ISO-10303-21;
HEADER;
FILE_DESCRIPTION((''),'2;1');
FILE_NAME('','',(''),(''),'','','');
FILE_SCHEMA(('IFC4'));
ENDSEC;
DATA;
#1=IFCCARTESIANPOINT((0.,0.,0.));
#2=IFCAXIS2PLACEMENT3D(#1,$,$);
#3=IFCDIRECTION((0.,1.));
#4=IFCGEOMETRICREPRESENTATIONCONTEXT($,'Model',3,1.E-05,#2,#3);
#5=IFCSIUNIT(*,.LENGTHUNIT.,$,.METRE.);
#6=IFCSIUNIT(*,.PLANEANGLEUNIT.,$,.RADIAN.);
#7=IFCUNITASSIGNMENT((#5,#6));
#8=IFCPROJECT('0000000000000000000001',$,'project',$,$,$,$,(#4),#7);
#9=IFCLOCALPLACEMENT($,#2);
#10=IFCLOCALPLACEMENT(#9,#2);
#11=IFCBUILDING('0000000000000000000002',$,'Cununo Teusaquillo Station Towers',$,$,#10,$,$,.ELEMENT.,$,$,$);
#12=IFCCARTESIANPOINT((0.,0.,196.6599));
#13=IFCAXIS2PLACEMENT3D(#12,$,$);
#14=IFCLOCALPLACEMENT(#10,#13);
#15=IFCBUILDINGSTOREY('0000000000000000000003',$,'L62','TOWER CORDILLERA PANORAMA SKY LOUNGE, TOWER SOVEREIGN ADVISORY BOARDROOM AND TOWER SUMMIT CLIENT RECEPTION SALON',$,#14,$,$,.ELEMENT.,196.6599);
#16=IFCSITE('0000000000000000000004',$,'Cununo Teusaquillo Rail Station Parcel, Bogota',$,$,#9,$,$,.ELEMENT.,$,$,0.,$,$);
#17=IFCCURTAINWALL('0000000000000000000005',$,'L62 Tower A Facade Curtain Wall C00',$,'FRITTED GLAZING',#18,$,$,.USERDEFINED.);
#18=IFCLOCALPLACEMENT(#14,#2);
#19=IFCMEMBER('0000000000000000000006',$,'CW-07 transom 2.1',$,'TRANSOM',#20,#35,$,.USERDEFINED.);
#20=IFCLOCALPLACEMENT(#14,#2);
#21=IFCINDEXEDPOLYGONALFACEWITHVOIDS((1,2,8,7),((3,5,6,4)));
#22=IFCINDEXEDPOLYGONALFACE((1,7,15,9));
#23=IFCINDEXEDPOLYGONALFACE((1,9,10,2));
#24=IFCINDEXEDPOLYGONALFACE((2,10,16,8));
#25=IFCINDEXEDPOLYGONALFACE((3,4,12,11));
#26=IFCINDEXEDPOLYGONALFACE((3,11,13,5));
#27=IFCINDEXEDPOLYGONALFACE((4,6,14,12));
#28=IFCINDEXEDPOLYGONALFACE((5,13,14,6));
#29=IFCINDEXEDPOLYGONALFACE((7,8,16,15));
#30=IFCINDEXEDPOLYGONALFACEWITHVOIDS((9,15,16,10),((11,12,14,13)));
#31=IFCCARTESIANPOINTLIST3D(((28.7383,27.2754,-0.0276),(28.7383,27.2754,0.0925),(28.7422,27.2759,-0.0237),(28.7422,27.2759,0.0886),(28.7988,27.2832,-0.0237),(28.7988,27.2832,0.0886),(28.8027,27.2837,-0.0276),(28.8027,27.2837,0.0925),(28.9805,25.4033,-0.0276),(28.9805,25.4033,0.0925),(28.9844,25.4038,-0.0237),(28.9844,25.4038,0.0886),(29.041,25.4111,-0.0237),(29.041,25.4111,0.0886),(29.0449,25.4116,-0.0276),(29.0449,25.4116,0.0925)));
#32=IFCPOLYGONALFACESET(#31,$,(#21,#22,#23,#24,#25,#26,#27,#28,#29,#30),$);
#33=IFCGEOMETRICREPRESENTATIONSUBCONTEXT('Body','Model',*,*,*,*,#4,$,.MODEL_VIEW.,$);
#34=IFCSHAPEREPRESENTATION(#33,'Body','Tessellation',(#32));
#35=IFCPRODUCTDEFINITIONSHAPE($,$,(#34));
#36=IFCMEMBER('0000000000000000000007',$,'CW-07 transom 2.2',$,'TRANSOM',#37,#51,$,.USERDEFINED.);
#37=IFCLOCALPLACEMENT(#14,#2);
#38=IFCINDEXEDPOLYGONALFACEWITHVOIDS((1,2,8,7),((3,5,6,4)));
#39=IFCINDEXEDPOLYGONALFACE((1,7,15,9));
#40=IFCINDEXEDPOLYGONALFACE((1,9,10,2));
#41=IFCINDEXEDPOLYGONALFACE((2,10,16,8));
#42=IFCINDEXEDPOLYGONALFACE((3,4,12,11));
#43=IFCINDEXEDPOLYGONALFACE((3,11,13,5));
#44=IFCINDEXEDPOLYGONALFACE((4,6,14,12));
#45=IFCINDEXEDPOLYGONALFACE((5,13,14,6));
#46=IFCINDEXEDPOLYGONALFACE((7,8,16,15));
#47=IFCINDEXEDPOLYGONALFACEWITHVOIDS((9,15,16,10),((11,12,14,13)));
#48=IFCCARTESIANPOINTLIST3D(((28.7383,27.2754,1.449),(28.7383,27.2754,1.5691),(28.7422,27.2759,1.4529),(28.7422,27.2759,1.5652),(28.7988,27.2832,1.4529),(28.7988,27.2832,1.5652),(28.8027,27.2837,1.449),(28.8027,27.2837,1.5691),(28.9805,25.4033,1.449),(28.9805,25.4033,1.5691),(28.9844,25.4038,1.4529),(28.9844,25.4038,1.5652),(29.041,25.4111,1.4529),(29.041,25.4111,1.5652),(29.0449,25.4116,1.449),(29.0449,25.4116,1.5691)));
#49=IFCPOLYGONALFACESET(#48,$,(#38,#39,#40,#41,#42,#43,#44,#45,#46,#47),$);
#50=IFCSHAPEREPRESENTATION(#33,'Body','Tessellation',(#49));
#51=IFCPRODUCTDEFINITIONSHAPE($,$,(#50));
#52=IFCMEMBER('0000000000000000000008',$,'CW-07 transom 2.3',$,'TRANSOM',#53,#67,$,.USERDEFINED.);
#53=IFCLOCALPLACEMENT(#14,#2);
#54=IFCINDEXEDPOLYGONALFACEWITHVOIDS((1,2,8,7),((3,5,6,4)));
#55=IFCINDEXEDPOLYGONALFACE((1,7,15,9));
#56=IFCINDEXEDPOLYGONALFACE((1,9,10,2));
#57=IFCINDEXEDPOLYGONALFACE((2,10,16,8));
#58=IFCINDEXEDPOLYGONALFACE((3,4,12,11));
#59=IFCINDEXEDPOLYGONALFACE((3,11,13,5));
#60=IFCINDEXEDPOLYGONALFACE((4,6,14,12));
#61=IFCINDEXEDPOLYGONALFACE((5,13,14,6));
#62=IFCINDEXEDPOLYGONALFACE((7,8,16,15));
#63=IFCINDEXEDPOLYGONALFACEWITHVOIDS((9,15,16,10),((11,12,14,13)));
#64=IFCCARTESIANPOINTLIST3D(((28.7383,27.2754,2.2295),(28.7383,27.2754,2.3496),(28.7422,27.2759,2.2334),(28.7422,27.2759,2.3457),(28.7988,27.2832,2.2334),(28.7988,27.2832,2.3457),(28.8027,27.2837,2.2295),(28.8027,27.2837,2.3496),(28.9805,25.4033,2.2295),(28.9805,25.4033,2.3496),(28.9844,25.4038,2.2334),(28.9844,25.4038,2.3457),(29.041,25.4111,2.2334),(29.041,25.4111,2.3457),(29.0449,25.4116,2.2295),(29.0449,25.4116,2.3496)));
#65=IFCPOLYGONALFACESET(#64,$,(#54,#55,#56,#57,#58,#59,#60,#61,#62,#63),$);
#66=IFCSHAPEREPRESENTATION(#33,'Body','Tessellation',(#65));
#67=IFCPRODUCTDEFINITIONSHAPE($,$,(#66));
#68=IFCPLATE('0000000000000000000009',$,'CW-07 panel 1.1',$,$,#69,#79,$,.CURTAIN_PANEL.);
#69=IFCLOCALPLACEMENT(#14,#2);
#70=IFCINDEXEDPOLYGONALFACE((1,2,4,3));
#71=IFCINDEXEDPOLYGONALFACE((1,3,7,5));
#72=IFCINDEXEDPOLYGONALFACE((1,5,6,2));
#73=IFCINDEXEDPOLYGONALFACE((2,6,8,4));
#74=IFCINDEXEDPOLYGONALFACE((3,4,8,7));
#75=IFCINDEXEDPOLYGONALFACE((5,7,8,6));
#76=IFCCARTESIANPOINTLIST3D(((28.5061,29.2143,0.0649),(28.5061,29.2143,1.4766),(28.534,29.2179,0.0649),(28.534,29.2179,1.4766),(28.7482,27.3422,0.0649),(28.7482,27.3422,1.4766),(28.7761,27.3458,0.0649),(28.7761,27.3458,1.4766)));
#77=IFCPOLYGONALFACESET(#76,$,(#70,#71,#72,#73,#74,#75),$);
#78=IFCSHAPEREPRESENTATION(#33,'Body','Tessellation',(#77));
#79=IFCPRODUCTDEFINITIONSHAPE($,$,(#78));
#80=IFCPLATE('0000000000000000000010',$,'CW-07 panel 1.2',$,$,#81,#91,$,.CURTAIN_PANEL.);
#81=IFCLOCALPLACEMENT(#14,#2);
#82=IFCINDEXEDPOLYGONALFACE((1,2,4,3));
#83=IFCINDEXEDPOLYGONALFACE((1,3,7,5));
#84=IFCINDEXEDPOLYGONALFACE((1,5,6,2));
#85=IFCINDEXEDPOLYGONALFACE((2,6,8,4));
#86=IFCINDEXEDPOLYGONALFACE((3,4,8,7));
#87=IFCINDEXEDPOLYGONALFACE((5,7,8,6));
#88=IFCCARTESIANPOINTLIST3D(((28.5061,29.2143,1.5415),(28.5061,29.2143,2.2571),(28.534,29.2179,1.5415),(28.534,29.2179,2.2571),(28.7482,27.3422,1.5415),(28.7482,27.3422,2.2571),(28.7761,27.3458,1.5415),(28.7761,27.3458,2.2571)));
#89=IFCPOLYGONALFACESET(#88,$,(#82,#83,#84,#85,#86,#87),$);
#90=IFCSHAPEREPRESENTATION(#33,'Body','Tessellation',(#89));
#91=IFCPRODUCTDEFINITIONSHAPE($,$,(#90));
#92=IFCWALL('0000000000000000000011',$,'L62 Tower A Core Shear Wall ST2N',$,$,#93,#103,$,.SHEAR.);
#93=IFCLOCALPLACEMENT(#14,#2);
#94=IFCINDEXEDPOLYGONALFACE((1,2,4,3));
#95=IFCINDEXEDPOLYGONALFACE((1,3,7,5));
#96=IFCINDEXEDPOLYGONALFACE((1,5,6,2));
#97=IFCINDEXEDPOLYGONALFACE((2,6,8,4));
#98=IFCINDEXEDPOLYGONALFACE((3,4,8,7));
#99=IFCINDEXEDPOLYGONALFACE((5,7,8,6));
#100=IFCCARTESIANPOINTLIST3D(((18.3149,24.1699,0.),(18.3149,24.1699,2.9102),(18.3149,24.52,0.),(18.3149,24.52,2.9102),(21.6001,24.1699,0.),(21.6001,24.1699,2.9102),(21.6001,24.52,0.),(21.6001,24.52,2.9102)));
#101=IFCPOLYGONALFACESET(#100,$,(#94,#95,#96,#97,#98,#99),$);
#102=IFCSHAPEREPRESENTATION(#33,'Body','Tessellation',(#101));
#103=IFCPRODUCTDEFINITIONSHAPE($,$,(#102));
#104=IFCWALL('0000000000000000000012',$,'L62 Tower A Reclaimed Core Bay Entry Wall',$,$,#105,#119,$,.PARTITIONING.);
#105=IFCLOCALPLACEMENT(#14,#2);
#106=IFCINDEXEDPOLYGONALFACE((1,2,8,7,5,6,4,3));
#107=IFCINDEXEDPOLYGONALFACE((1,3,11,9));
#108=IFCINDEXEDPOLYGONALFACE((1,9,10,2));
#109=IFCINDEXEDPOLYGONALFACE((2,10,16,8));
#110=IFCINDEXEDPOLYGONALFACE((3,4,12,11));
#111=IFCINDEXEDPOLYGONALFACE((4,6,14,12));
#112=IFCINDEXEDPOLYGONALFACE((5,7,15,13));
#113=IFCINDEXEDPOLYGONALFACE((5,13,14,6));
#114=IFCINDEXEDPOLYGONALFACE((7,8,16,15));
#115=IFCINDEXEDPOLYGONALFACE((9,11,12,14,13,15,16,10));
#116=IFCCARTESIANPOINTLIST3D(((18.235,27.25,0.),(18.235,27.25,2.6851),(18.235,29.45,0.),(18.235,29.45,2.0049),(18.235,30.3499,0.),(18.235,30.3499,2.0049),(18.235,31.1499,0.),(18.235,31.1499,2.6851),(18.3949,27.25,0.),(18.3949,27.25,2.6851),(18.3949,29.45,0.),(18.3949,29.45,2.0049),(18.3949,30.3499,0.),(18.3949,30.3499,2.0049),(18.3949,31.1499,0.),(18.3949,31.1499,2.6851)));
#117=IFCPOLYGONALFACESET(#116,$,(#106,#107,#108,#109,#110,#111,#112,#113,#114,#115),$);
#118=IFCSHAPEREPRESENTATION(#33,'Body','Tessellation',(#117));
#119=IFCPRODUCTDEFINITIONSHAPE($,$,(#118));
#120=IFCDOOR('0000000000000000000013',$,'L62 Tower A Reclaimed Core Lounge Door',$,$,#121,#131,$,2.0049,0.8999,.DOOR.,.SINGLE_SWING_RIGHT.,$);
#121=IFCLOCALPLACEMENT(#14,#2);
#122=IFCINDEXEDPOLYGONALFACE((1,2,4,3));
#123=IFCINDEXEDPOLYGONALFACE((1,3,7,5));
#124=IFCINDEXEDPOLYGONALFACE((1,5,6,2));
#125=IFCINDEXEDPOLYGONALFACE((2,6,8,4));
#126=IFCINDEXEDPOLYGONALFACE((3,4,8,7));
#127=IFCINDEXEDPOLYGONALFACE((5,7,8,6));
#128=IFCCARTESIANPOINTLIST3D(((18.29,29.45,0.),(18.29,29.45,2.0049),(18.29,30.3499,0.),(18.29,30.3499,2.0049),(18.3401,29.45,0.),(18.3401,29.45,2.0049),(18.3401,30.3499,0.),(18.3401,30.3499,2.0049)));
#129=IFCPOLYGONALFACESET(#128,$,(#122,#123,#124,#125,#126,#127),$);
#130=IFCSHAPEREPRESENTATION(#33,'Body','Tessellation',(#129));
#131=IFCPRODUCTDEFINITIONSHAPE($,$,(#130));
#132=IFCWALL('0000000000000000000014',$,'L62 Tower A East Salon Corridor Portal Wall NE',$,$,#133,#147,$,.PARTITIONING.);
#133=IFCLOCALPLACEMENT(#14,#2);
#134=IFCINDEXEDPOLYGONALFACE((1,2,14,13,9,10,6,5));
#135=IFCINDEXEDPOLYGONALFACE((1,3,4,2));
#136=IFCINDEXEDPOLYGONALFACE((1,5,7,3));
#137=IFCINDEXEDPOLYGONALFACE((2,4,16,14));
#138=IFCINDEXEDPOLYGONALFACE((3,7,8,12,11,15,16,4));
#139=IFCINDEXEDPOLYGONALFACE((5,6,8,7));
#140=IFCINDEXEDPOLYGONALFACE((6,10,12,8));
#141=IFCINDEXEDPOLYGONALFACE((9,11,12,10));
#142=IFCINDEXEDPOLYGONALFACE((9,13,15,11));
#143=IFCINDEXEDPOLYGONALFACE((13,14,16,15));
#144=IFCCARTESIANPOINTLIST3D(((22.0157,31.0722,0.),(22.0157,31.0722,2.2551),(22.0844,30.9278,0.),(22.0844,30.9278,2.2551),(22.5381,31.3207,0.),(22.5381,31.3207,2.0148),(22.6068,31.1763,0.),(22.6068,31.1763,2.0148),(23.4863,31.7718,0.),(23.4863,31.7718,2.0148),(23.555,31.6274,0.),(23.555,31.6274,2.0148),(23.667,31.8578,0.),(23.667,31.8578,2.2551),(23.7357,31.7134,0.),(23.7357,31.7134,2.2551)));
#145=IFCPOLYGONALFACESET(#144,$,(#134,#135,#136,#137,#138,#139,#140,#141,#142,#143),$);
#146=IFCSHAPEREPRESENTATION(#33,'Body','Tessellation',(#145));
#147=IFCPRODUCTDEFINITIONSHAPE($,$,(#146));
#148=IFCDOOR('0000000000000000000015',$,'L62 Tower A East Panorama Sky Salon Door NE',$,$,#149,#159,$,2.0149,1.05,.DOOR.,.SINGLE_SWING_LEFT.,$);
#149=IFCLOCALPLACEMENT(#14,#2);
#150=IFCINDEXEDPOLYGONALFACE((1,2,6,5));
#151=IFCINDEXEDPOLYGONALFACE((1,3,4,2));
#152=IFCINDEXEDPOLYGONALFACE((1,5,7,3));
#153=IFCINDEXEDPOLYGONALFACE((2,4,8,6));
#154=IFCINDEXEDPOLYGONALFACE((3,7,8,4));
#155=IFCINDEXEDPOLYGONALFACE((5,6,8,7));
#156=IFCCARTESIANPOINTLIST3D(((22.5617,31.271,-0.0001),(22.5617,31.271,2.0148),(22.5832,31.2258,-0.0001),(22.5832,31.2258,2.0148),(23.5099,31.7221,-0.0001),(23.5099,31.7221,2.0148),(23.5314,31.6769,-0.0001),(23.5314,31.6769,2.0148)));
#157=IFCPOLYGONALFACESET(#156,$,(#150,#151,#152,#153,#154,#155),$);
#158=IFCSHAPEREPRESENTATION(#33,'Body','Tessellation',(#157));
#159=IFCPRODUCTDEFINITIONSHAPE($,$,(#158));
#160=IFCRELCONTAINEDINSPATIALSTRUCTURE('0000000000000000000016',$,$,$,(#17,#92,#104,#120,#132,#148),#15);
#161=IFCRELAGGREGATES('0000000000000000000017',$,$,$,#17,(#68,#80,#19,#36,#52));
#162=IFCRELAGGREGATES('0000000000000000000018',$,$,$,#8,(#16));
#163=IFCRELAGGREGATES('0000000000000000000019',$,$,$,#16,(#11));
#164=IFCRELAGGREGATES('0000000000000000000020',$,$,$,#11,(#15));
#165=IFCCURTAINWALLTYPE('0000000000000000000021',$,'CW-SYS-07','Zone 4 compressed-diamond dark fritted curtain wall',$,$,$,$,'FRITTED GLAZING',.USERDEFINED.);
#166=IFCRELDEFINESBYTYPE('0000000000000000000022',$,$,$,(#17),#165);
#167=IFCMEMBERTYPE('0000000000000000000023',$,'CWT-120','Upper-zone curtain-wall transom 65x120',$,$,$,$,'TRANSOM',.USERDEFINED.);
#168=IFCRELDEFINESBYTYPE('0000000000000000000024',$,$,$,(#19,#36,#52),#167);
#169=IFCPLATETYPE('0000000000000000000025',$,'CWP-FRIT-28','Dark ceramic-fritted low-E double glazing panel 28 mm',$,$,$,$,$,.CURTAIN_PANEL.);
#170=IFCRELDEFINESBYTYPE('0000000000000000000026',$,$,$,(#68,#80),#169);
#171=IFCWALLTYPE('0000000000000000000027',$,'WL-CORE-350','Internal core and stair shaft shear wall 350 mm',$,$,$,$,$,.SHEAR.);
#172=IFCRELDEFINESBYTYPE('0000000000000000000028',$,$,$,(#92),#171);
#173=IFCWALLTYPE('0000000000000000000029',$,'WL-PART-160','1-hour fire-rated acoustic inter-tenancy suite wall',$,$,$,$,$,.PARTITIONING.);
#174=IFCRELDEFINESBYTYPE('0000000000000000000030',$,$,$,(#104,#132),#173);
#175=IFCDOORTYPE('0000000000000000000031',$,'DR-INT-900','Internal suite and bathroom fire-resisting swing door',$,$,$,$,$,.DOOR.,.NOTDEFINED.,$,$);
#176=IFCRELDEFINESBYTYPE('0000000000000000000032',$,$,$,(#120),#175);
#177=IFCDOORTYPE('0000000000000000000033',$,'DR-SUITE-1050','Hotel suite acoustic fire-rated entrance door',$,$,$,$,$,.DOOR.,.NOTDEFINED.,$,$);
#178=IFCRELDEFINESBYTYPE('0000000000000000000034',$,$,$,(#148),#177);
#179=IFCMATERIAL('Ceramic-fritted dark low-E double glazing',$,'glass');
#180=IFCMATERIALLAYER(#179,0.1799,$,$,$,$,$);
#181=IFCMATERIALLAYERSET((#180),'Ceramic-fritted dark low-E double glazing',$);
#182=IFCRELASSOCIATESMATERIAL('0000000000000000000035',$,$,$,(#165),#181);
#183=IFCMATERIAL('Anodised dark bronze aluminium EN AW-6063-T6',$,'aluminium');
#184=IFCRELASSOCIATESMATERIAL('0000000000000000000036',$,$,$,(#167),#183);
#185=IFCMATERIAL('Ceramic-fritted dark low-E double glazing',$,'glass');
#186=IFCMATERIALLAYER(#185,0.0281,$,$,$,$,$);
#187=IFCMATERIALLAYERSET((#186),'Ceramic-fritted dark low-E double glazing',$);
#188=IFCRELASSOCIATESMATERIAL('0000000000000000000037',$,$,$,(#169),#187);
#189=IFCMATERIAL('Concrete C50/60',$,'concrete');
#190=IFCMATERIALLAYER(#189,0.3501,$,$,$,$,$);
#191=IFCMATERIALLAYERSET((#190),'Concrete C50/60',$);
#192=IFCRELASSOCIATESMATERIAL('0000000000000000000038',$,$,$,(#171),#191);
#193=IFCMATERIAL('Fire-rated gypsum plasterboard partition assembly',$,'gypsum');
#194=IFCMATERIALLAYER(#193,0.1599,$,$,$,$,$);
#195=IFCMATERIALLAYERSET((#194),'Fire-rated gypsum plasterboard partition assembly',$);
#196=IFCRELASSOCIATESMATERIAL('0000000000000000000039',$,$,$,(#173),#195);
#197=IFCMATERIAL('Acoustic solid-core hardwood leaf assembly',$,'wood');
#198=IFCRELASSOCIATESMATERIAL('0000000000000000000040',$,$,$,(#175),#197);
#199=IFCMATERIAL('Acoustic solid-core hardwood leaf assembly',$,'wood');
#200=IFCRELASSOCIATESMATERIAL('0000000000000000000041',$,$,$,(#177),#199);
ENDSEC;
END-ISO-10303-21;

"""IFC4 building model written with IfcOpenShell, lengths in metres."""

from ifc_helpers import new_model, si_unit, direction, frame, frame_2d, origin, origin_2d, place, context, subcontext, project, spatial, rectangle, hollow_rectangle, extrude, source, transform, mapped, material, layer, layer_set, material_profile, profile_set, type_object, element, fill, aggregate, save


model = new_model("IFC4")

# Units and contexts
model_context = context("Model", 3, precision=1e-05, world=origin(), true_north=direction((0.0, 1.0)))
body_context = subcontext(model_context, "Body", "Model", "MODEL_VIEW")
ifc_project = project(units=[si_unit("LENGTHUNIT", "METRE"), si_unit("PLANEANGLEUNIT", "RADIAN")], contexts=[model_context])

# Site, building, storey
site_placement = place(None, origin())
site = spatial("IfcSite", under=ifc_project, at=site_placement, Name="Cununo Teusaquillo Rail Station Parcel, Bogota", CompositionType="ELEMENT", RefElevation=0.0)
building_placement = place(site_placement, origin())
building = spatial("IfcBuilding", under=site, at=building_placement, Name="Cununo Teusaquillo Station Towers", CompositionType="ELEMENT")
storey_placement = place(building_placement, frame((0.0, 0.0, 196.6599)))
storey = spatial("IfcBuildingStorey", under=building, at=storey_placement, Name="L62", Description="TOWER CORDILLERA PANORAMA SKY LOUNGE, TOWER SOVEREIGN ADVISORY BOARDROOM AND TOWER SUMMIT CLIENT RECEPTION SALON", CompositionType="ELEMENT", Elevation=196.6599)

# Curtain wall, members, plates
ifc_material_1 = material(Name="Ceramic-fritted dark low-E double glazing", Category="glass")
ifc_layer_1 = layer(ifc_material_1, 0.1799)
ifc_layer_set_1 = layer_set([ifc_layer_1], Name="Ceramic-fritted dark low-E double glazing")
curtain_wall_type = type_object("IfcCurtainWallType", Name="CW-SYS-07", Description="Zone 4 compressed-diamond dark fritted curtain wall", ElementType="FRITTED GLAZING", PredefinedType="USERDEFINED", material=ifc_layer_set_1)
curtain_wall_placement = place(storey_placement, origin())
curtain_wall = element("IfcCurtainWall", 1, at=curtain_wall_placement, inside=storey, type_object=curtain_wall_type, Name="L62 Tower A Facade Curtain Wall C00", ObjectType="FRITTED GLAZING", PredefinedType="USERDEFINED")
ifc_material_2 = material(Name="Anodised dark bronze aluminium EN AW-6063-T6", Category="aluminium")
ifc_material_profile_1 = material_profile(ifc_material_2, hollow_rectangle(XDim=0.0649, YDim=0.1201, WallThickness=0.0039, at=origin_2d()), Name="CW-TRAN-65x120")
ifc_profile_set_1 = profile_set([ifc_material_profile_1], Name="Anodised dark bronze aluminium EN AW-6063-T6")
member_type_1 = type_object("IfcMemberType", Name="CWT-120", Description="Upper-zone curtain-wall transom 65x120", ElementType="TRANSOM", PredefinedType="USERDEFINED", material=ifc_profile_set_1)
member_1_placement = place(storey_placement, frame((28.7705, 27.2795, 0.0325), z_axis=(0.1283, -0.991735, 0.0), x_axis=(0.991735, 0.1283, 0.0)))
member_1 = element("IfcMember", 2, at=member_1_placement, type_object=member_type_1, Name="CW-07 transom 2.1", ObjectType="TRANSOM", PredefinedType="USERDEFINED", context=body_context, shape_type="SweptSolid", body=[
    extrude(hollow_rectangle(XDim=0.0649, YDim=0.1201, WallThickness=0.0039, at=origin_2d()), origin(), (0.0, 0.0, 1.0), 1.8877),
])
member_2_placement = place(storey_placement, frame((28.7705, 27.2795, 1.509), z_axis=(0.1283, -0.991735, 0.0), x_axis=(0.991735, 0.1283, 0.0)))
member_2 = element("IfcMember", 3, at=member_2_placement, type_object=member_type_1, Name="CW-07 transom 2.2", ObjectType="TRANSOM", PredefinedType="USERDEFINED", context=body_context, shape_type="SweptSolid", body=[
    extrude(hollow_rectangle(XDim=0.0649, YDim=0.1201, WallThickness=0.0039, at=origin_2d()), origin(), (0.0, 0.0, 1.0), 1.8877),
])
member_3_placement = place(storey_placement, frame((28.7705, 27.2795, 2.2896), z_axis=(0.1283, -0.991735, 0.0), x_axis=(0.991735, 0.1283, 0.0)))
member_3 = element("IfcMember", 4, at=member_3_placement, type_object=member_type_1, Name="CW-07 transom 2.3", ObjectType="TRANSOM", PredefinedType="USERDEFINED", context=body_context, shape_type="SweptSolid", body=[
    extrude(hollow_rectangle(XDim=0.0649, YDim=0.1201, WallThickness=0.0039, at=origin_2d()), origin(), (0.0, 0.0, 1.0), 1.8877),
])
ifc_material_3 = material(Name="Ceramic-fritted dark low-E double glazing", Category="glass")
ifc_layer_2 = layer(ifc_material_3, 0.0281)
ifc_layer_set_2 = layer_set([ifc_layer_2], Name="Ceramic-fritted dark low-E double glazing")
plate_type = type_object("IfcPlateType", Name="CWP-FRIT-28", Description="Dark ceramic-fritted low-E double glazing panel 28 mm", PredefinedType="CURTAIN_PANEL", material=ifc_layer_set_2)
shared_shape_1 = source(origin(), body_context, "Body", "SweptSolid", [
    extrude(rectangle(XDim=1.8877, YDim=0.0281, at=origin_2d()), origin(), (0.0, 0.0, 1.0), 1.4116),
])
plate_1_placement = place(storey_placement, frame((28.6411, 28.28, 0.0649), z_axis=(0.0, 0.0, 1.0), x_axis=(0.128253, -0.991742, 0.0)))
plate_1 = element("IfcPlate", 5, at=plate_1_placement, type_object=plate_type, Name="CW-07 panel 1.1", PredefinedType="CURTAIN_PANEL", context=body_context, shape_type="MappedRepresentation", body=[
    mapped(shared_shape_1, transform((0.0, 0.0, 0.0), x_axis=(1.0, 0.0, 0.0), y_axis=(0.0, 1.0, 0.0), z_axis=(0.0, 0.0, 1.0), scale=1.0)),
])
shared_shape_2 = source(origin(), body_context, "Body", "SweptSolid", [
    extrude(rectangle(XDim=1.8877, YDim=0.0281, at=origin_2d()), origin(), (0.0, 0.0, 1.0), 0.7156),
])
plate_2_placement = place(storey_placement, frame((28.6411, 28.28, 1.5415), z_axis=(0.0, 0.0, 1.0), x_axis=(0.128253, -0.991742, 0.0)))
plate_2 = element("IfcPlate", 6, at=plate_2_placement, type_object=plate_type, Name="CW-07 panel 1.2", PredefinedType="CURTAIN_PANEL", context=body_context, shape_type="MappedRepresentation", body=[
    mapped(shared_shape_2, transform((0.0, 0.0, 0.0), x_axis=(1.0, 0.0, 0.0), y_axis=(0.0, 1.0, 0.0), z_axis=(0.0, 0.0, 1.0), scale=1.0)),
])
aggregate(curtain_wall, [plate_1, plate_2, member_1, member_2, member_3])

# Wall
ifc_material_4 = material(Name="Concrete C50/60", Category="concrete")
ifc_layer_3 = layer(ifc_material_4, 0.3501)
ifc_layer_set_3 = layer_set([ifc_layer_3], Name="Concrete C50/60")
wall_type_1 = type_object("IfcWallType", Name="WL-CORE-350", Description="Internal core and stair shaft shear wall 350 mm", PredefinedType="SHEAR", material=ifc_layer_set_3)
wall_1_placement = place(storey_placement, frame((18.3149, 24.345, 0.0), z_axis=(0.0, 0.0, 1.0), x_axis=(1.0, 0.0, 0.0)))
element("IfcWall", 7, at=wall_1_placement, inside=storey, type_object=wall_type_1, Name="L62 Tower A Core Shear Wall ST2N", PredefinedType="SHEAR", context=body_context, shape_type="SweptSolid", body=[
    extrude(rectangle(XDim=3.2852, YDim=0.3501, at=frame_2d((1.6426, 0.0))), origin(), (0.0, 0.0, 1.0), 2.9102),
])

# Walls, openings, doors
ifc_material_5 = material(Name="Fire-rated gypsum plasterboard partition assembly", Category="gypsum")
ifc_layer_4 = layer(ifc_material_5, 0.1599)
ifc_layer_set_4 = layer_set([ifc_layer_4], Name="Fire-rated gypsum plasterboard partition assembly")
wall_type_2 = type_object("IfcWallType", Name="WL-PART-160", Description="1-hour fire-rated acoustic inter-tenancy suite wall", PredefinedType="PARTITIONING", material=ifc_layer_set_4)
wall_2_placement = place(storey_placement, frame((18.3149, 27.25, 0.0), z_axis=(0.0, 0.0, 1.0), x_axis=(0.0, 1.0, 0.0)))
wall_2 = element("IfcWall", 8, at=wall_2_placement, inside=storey, type_object=wall_type_2, Name="L62 Tower A Reclaimed Core Bay Entry Wall", PredefinedType="PARTITIONING", context=body_context, shape_type="SweptSolid", body=[
    extrude(rectangle(XDim=3.8999, YDim=0.1599, at=frame_2d((1.95, 0.0))), origin(), (0.0, 0.0, 1.0), 2.6851),
])
shared_shape_3 = source(origin(), body_context, "Body", "SweptSolid", [
    extrude(rectangle(XDim=0.8999, YDim=2.0049, at=frame_2d((0.45, 1.0024))), frame((0.0, 0.0898, 0.0), z_axis=(0.0, -1.0, 0.0), x_axis=(1.0, 0.0, 0.0)), (0.0, 0.0, 1.0), 0.1799),
])
opening_1_placement = place(wall_2_placement, frame((2.2, 0.0, 0.0)))
opening_1 = element("IfcOpeningElement", 9, at=opening_1_placement, cuts=wall_2, PredefinedType="OPENING", context=body_context, shape_type="MappedRepresentation", body=[
    mapped(shared_shape_3, transform((0.0, 0.0, 0.0), x_axis=(1.0, 0.0, 0.0), y_axis=(0.0, 1.0, 0.0), z_axis=(0.0, 0.0, 1.0), scale=1.0)),
])
ifc_material_6 = material(Name="Acoustic solid-core hardwood leaf assembly", Category="wood")
door_type_1 = type_object("IfcDoorType", Name="DR-INT-900", Description="Internal suite and bathroom fire-resisting swing door", OperationType="NOTDEFINED", PredefinedType="DOOR", material=ifc_material_6)
shared_shape_4 = source(origin(), body_context, "Body", "SweptSolid", [
    extrude(rectangle(XDim=0.8999, YDim=2.0049, at=frame_2d((0.45, 1.0024))), frame((0.0, 0.0249, 0.0), z_axis=(0.0, -1.0, 0.0), x_axis=(1.0, 0.0, 0.0)), (0.0, 0.0, 1.0), 0.05),
])
door_1_placement = place(opening_1_placement, origin())
door_1 = element("IfcDoor", 10, at=door_1_placement, inside=storey, type_object=door_type_1, Name="L62 Tower A Reclaimed Core Lounge Door", OperationType="SINGLE_SWING_RIGHT", OverallHeight=2.0049, OverallWidth=0.8999, PredefinedType="DOOR", context=body_context, shape_type="MappedRepresentation", body=[
    mapped(shared_shape_4, transform((0.0, 0.0, 0.0), x_axis=(1.0, 0.0, 0.0), y_axis=(0.0, 1.0, 0.0), z_axis=(0.0, 0.0, 1.0), scale=1.0)),
])
fill(opening_1, door_1)
wall_3_placement = place(storey_placement, frame((22.05, 31.0, 0.0), z_axis=(0.0, 0.0, 1.0), x_axis=(0.903013, 0.429612, 0.0)))
wall_3 = element("IfcWall", 11, at=wall_3_placement, inside=storey, type_object=wall_type_2, Name="L62 Tower A East Salon Corridor Portal Wall NE", PredefinedType="PARTITIONING", context=body_context, shape_type="SweptSolid", body=[
    extrude(rectangle(XDim=1.8286, YDim=0.1599, at=frame_2d((0.9143, 0.0))), origin(), (0.0, 0.0, 1.0), 2.2551),
])
shared_shape_5 = source(origin(), body_context, "Body", "SweptSolid", [
    extrude(rectangle(XDim=1.05, YDim=2.0149, at=frame_2d((0.5249, 1.0073))), frame((0.0, 0.0898, 0.0), z_axis=(0.0, -1.0, 0.0), x_axis=(1.0, 0.0, 0.0)), (0.0, 0.0, 1.0), 0.1799),
])
opening_2_placement = place(wall_3_placement, frame((0.5786, 0.0, 0.0)))
opening_2 = element("IfcOpeningElement", 12, at=opening_2_placement, cuts=wall_3, PredefinedType="OPENING", context=body_context, shape_type="MappedRepresentation", body=[
    mapped(shared_shape_5, transform((0.0, 0.0, 0.0), x_axis=(1.0, 0.0, 0.0), y_axis=(0.0, 1.0, 0.0), z_axis=(0.0, 0.0, 1.0), scale=1.0)),
])
ifc_material_7 = material(Name="Acoustic solid-core hardwood leaf assembly", Category="wood")
door_type_2 = type_object("IfcDoorType", Name="DR-SUITE-1050", Description="Hotel suite acoustic fire-rated entrance door", OperationType="NOTDEFINED", PredefinedType="DOOR", material=ifc_material_7)
shared_shape_6 = source(origin(), body_context, "Body", "SweptSolid", [
    extrude(rectangle(XDim=1.05, YDim=2.0149, at=frame_2d((0.5249, 1.0073))), frame((0.0, 0.0249, 0.0), z_axis=(0.0, -1.0, 0.0), x_axis=(1.0, 0.0, 0.0)), (0.0, 0.0, 1.0), 0.05),
])
door_2_placement = place(opening_2_placement, origin())
door_2 = element("IfcDoor", 13, at=door_2_placement, inside=storey, type_object=door_type_2, Name="L62 Tower A East Panorama Sky Salon Door NE", OperationType="SINGLE_SWING_LEFT", OverallHeight=2.0149, OverallWidth=1.05, PredefinedType="DOOR", context=body_context, shape_type="MappedRepresentation", body=[
    mapped(shared_shape_6, transform((0.0, 0.0, 0.0), x_axis=(1.0, 0.0, 0.0), y_axis=(0.0, 1.0, 0.0), z_axis=(0.0, 0.0, 1.0), scale=1.0)),
])
fill(opening_2, door_2)

save(model, "model.ifc")
